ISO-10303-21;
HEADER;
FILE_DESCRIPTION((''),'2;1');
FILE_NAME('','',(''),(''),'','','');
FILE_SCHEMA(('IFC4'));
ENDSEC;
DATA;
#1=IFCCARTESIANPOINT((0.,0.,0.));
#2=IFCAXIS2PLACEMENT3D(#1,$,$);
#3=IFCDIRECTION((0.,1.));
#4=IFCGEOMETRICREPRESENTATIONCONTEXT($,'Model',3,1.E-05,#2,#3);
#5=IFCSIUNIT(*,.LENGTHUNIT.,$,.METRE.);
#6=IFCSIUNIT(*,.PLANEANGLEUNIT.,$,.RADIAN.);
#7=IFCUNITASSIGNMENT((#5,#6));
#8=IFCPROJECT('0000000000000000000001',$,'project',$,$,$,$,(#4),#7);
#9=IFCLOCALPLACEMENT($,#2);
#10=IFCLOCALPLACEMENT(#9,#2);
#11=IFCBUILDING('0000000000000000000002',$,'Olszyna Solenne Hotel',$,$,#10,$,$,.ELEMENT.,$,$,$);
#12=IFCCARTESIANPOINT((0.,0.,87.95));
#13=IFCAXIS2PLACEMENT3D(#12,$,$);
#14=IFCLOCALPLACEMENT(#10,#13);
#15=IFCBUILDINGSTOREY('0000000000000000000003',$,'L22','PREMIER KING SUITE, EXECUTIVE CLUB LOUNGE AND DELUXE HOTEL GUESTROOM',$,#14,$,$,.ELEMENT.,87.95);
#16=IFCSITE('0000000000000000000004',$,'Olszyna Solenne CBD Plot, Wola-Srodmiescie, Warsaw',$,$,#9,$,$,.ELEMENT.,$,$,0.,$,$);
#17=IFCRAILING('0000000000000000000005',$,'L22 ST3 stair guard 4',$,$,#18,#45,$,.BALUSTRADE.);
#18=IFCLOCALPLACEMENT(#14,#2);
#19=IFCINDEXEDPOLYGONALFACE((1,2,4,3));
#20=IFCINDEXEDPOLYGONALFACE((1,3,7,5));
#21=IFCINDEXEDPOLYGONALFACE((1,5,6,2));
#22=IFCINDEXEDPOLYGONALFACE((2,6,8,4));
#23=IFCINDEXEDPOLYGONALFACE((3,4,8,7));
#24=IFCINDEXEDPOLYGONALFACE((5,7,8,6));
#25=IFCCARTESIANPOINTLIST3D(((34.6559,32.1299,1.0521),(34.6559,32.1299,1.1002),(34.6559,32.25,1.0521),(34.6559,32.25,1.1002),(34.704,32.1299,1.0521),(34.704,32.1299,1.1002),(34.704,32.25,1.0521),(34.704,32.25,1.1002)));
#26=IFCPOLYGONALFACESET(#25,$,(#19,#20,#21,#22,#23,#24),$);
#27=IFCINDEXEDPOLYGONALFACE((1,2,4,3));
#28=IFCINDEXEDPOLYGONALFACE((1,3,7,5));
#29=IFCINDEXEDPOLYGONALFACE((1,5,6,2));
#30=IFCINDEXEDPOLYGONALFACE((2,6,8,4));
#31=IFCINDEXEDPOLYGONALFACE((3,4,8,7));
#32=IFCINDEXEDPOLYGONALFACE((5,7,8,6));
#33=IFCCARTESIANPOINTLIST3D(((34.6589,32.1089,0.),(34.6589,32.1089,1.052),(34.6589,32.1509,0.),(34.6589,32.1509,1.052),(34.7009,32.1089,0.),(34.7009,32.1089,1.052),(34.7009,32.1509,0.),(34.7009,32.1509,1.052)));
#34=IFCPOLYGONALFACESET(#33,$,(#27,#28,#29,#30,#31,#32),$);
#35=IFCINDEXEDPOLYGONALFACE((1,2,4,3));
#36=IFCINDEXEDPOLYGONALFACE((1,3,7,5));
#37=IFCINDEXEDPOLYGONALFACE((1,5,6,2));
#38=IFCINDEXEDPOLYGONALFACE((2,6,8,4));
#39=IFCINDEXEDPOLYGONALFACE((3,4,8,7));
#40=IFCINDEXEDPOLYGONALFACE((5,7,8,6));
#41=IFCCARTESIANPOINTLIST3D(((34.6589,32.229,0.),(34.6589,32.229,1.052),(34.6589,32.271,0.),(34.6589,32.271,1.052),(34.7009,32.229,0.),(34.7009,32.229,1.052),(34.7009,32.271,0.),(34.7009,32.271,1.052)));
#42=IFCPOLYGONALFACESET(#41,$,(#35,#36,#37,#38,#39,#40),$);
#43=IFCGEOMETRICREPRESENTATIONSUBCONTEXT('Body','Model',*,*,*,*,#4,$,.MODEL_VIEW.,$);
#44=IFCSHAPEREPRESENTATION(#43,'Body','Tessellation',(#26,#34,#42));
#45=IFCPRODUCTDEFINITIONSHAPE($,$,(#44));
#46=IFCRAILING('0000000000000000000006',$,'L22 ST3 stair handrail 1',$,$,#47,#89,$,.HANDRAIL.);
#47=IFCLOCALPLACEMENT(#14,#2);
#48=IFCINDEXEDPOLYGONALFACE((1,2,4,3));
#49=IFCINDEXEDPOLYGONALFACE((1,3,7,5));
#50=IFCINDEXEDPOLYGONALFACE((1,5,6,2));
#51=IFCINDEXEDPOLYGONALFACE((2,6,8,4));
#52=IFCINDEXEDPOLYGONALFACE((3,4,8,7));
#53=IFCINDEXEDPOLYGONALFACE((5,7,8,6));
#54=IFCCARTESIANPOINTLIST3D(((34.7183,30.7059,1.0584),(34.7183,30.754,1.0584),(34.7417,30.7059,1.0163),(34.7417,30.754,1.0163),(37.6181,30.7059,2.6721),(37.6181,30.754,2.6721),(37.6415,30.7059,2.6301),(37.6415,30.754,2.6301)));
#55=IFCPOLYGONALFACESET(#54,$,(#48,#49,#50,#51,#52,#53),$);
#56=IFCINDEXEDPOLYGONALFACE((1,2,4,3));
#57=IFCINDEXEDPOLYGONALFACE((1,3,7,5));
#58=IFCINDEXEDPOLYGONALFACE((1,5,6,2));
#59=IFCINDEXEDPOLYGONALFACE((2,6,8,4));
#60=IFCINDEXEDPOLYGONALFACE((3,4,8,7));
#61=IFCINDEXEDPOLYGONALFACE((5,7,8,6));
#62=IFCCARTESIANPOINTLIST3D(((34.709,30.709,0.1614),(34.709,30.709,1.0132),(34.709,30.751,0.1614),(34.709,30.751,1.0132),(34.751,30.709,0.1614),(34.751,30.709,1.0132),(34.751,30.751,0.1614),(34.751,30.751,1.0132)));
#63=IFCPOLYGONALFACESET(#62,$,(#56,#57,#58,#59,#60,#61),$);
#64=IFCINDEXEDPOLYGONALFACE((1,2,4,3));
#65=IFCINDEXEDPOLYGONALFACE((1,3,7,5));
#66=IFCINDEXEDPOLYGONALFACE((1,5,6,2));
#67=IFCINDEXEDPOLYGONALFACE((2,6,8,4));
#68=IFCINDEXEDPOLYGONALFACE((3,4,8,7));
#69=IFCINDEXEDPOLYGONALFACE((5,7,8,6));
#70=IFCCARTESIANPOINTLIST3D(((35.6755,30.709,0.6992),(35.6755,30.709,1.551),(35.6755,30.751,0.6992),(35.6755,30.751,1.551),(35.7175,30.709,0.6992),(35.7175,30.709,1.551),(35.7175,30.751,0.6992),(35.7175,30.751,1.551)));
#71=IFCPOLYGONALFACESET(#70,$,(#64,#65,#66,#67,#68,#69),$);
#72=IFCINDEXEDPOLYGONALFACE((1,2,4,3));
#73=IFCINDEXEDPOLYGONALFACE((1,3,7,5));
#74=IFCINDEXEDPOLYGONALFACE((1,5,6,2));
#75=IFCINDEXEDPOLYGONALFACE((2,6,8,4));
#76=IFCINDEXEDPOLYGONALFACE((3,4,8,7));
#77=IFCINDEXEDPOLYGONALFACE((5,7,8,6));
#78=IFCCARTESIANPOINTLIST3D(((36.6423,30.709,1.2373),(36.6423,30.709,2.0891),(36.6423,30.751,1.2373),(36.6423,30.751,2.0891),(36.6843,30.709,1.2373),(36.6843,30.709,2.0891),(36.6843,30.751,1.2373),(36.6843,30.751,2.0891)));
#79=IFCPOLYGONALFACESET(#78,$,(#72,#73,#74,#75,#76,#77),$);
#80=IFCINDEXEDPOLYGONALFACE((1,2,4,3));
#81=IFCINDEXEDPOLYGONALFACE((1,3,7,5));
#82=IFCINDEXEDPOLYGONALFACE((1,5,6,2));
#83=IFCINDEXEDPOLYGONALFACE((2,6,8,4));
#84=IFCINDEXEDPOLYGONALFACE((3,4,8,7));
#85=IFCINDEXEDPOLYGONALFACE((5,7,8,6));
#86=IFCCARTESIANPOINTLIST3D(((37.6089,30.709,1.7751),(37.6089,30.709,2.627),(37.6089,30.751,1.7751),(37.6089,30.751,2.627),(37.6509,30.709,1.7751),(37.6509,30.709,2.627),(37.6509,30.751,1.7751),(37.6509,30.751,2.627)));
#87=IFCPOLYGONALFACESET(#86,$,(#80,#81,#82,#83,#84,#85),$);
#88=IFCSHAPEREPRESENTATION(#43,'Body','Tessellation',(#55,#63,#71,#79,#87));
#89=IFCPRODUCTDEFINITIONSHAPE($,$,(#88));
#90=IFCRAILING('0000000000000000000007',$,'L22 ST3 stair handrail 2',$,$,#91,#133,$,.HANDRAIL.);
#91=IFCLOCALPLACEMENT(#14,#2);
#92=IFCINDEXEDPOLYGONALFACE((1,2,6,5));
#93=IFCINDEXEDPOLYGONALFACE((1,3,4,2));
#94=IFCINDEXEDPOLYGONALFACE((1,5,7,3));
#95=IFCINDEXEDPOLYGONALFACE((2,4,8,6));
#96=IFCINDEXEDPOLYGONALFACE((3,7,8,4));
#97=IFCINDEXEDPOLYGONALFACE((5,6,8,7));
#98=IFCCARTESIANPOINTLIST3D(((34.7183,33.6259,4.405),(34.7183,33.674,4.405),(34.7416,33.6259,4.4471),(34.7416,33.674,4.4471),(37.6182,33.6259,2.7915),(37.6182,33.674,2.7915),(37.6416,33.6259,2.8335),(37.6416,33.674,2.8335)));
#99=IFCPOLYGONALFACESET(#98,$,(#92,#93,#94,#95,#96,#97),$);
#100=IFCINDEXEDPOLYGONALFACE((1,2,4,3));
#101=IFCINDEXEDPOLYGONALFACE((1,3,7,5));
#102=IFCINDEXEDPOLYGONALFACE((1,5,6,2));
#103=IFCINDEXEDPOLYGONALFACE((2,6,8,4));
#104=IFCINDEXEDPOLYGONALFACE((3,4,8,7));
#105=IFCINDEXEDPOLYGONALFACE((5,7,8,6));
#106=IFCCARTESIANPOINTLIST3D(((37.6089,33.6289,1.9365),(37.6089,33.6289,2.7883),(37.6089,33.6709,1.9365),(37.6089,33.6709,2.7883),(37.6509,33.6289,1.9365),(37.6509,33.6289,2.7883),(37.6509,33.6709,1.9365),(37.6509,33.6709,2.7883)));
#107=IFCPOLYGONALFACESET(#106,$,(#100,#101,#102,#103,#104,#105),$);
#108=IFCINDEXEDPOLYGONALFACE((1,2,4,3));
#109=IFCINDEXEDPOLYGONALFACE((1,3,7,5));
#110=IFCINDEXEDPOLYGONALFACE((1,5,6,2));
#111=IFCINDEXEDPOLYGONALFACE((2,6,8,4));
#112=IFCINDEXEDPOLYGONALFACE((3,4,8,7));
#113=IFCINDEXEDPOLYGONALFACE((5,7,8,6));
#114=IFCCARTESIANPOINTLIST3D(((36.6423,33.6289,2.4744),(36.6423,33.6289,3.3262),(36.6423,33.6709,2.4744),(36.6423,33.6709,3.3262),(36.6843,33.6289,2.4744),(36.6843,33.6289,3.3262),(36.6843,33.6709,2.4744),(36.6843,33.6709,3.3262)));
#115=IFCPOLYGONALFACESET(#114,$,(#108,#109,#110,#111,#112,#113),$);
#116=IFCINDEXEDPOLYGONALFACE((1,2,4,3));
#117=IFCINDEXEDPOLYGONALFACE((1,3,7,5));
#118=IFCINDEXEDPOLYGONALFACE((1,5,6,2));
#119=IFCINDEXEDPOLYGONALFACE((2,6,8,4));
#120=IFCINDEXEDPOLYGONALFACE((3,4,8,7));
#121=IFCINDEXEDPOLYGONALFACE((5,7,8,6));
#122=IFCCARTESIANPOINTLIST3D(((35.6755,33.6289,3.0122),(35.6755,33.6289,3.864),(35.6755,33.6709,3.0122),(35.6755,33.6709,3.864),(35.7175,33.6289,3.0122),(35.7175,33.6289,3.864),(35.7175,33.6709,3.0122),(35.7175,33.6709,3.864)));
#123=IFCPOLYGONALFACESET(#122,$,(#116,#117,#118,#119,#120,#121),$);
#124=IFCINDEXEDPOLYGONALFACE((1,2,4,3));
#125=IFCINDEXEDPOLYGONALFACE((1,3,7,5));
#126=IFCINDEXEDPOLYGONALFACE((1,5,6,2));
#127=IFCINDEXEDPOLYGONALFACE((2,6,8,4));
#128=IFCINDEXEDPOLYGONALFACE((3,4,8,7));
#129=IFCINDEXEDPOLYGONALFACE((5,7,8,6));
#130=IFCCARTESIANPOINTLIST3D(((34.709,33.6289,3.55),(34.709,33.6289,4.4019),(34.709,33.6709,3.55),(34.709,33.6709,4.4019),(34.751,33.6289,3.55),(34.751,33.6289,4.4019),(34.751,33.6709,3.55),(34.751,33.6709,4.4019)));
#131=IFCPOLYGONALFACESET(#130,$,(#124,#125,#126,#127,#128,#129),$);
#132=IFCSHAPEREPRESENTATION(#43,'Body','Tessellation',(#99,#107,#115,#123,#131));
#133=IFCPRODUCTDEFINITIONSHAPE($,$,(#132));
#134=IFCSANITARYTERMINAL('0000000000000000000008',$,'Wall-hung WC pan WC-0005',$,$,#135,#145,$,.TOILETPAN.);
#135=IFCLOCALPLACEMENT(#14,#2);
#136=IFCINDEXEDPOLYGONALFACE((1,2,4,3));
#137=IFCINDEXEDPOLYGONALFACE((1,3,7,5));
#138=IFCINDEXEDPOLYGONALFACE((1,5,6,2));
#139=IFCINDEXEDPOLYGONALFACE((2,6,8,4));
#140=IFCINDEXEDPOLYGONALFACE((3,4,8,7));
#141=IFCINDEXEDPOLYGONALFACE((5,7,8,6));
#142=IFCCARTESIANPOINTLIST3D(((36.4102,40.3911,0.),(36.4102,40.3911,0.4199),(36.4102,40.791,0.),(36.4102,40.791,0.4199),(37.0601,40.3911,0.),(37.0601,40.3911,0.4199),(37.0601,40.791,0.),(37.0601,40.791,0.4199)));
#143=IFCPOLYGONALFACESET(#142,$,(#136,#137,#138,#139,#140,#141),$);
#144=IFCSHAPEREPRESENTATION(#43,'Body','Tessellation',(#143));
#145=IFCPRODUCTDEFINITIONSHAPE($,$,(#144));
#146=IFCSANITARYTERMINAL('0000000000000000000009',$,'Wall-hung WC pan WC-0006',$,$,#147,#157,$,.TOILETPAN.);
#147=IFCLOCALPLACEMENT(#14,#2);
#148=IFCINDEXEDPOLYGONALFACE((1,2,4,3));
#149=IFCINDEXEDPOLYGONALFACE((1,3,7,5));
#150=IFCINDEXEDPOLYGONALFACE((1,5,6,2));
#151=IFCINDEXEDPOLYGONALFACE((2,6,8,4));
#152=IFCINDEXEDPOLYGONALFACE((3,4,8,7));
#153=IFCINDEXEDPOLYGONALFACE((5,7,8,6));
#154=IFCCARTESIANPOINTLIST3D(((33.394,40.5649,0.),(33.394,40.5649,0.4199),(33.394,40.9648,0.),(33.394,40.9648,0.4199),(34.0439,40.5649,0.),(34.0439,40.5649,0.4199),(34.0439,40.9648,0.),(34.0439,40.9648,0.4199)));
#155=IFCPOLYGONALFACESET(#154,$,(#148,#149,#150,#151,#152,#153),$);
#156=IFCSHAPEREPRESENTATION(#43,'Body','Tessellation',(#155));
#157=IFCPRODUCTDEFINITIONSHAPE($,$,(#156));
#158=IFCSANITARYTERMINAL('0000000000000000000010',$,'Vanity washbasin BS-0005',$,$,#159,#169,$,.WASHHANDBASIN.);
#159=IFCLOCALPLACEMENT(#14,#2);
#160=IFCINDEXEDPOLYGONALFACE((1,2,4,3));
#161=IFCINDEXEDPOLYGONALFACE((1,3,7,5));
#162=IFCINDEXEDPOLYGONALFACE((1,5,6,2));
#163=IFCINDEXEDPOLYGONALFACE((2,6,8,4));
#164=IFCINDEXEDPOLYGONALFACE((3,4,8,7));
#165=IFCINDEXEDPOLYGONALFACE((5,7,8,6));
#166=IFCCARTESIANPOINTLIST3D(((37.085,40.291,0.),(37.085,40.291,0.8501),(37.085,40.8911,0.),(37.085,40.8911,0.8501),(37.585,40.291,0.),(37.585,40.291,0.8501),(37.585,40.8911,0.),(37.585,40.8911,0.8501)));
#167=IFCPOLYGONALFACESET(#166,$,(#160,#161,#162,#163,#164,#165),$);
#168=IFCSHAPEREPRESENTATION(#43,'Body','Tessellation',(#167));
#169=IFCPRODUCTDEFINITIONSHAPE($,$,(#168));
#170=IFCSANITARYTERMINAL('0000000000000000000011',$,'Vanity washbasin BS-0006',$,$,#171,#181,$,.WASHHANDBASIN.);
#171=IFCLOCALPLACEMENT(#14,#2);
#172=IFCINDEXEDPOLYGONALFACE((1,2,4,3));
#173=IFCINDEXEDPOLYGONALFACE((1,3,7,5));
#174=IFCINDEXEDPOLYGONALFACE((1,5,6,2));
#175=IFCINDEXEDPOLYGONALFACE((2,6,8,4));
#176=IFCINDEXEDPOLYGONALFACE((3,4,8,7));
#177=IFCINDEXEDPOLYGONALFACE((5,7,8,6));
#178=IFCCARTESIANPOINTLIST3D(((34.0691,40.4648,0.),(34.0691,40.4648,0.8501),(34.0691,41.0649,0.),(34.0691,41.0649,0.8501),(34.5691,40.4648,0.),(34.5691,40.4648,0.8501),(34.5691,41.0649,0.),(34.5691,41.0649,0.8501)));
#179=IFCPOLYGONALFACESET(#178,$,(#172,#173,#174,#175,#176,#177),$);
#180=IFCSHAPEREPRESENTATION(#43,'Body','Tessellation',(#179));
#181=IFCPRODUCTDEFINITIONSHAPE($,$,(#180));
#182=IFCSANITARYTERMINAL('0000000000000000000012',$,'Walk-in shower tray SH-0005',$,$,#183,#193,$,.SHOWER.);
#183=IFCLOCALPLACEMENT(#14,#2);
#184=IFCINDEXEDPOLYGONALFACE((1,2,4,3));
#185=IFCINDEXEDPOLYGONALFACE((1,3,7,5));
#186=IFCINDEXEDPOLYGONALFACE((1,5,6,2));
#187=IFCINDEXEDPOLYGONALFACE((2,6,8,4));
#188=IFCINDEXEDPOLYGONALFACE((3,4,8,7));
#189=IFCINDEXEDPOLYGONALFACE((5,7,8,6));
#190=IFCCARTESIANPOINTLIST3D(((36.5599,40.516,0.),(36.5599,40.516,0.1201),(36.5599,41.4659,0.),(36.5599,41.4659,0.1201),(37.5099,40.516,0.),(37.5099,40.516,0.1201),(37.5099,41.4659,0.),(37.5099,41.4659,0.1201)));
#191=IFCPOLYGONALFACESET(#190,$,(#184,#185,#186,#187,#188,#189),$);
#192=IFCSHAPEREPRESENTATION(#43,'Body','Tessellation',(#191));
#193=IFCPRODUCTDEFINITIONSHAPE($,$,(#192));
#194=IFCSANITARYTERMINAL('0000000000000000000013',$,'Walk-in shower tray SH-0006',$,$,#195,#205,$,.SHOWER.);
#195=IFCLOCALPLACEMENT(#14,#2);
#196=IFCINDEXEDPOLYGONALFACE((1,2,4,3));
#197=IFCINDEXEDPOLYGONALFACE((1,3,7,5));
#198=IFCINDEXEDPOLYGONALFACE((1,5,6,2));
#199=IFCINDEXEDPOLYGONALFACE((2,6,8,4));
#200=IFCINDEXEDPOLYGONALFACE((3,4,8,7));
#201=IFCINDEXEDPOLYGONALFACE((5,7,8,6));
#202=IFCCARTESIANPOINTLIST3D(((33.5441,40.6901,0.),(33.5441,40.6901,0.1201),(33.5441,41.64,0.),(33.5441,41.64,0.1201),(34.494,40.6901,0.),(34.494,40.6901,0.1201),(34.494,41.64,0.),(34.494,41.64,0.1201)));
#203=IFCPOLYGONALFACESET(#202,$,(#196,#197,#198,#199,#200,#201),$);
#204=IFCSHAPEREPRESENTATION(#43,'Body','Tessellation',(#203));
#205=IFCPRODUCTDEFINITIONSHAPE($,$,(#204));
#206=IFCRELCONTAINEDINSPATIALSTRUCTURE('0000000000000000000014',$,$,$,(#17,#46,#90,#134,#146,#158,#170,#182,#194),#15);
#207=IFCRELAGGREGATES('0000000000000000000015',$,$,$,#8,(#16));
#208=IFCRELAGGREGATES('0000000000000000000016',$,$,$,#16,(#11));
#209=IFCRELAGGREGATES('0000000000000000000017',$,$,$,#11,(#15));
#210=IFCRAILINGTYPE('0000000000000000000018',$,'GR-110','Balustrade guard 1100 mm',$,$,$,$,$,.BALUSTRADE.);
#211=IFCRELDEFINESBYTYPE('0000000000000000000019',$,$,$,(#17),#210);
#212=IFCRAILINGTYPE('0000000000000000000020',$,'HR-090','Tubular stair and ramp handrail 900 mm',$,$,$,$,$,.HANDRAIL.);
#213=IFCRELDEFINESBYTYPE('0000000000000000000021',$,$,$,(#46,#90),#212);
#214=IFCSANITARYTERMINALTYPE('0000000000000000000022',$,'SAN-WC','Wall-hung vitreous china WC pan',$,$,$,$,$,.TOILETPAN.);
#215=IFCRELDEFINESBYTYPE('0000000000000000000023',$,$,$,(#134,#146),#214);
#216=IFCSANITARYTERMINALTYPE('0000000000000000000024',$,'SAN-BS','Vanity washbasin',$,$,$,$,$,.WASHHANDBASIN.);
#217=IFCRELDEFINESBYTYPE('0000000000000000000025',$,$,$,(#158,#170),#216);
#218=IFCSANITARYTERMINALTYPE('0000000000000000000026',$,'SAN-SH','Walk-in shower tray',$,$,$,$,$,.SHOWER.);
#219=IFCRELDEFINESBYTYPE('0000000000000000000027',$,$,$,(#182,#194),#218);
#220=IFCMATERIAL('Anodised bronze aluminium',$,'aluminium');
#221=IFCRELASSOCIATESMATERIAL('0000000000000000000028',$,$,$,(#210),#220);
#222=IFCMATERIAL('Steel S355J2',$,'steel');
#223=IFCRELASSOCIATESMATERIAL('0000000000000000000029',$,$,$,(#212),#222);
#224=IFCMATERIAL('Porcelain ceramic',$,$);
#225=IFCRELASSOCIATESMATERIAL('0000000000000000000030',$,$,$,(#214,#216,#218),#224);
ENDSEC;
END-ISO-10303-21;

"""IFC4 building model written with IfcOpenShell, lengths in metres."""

from ifc_helpers import new_model, si_unit, direction, frame, origin, origin_2d, place, context, subcontext, project, spatial, rectangle, extrude, source, transform, mapped, material, type_object, element, save


model = new_model("IFC4")

# Units and contexts
model_context = context("Model", 3, precision=1e-05, world=origin(), true_north=direction((0.0, 1.0)))
body_context = subcontext(model_context, "Body", "Model", "MODEL_VIEW")
ifc_project = project(units=[si_unit("LENGTHUNIT", "METRE"), si_unit("PLANEANGLEUNIT", "RADIAN")], contexts=[model_context])

# Site, building, storey
site_placement = place(None, origin())
site = spatial("IfcSite", under=ifc_project, at=site_placement, Name="Olszyna Solenne CBD Plot, Wola-Srodmiescie, Warsaw", CompositionType="ELEMENT", RefElevation=0.0)
building_placement = place(site_placement, origin())
building = spatial("IfcBuilding", under=site, at=building_placement, Name="Olszyna Solenne Hotel", CompositionType="ELEMENT")
storey_placement = place(building_placement, frame((0.0, 0.0, 87.95)))
storey = spatial("IfcBuildingStorey", under=building, at=storey_placement, Name="L22", Description="PREMIER KING SUITE, EXECUTIVE CLUB LOUNGE AND DELUXE HOTEL GUESTROOM", CompositionType="ELEMENT", Elevation=87.95)

# Shared definitions
ifc_material_1 = material(Name="Steel S355J2", Category="steel")

# Shared definitions
ifc_material_2 = material(Name="Anodised bronze aluminium", Category="aluminium")

# Railings
railing_type_1 = type_object("IfcRailingType", Name="GR-110", Description="Balustrade guard 1100 mm", PredefinedType="BALUSTRADE", material=ifc_material_2)
railing_1_placement = place(storey_placement, frame((34.6799, 32.1299, 0.0)))
element("IfcRailing", 1, at=railing_1_placement, inside=storey, type_object=railing_type_1, Name="L22 ST3 stair guard 4", PredefinedType="BALUSTRADE", context=body_context, shape_type="SweptSolid", body=[
    extrude(rectangle(XDim=0.0481, YDim=0.0481, at=origin_2d()), frame((0.0, 0.0, 1.0762), z_axis=(0.0, 1.0, 0.0), x_axis=(-1.0, 0.0, 0.0)), (0.0, 0.0, 1.0), 0.1201),
    extrude(rectangle(XDim=0.042, YDim=0.042, at=origin_2d()), origin(), (0.0, 0.0, 1.0), 1.052),
    extrude(rectangle(XDim=0.042, YDim=0.042, at=origin_2d()), frame((0.0, 0.1201, 0.0)), (0.0, 0.0, 1.0), 1.052),
])
railing_type_2 = type_object("IfcRailingType", Name="HR-090", Description="Tubular stair and ramp handrail 900 mm", PredefinedType="HANDRAIL", material=ifc_material_1)
railing_2_placement = place(storey_placement, frame((34.73, 30.73, 0.1614)))
element("IfcRailing", 2, at=railing_2_placement, inside=storey, type_object=railing_type_2, Name="L22 ST3 stair handrail 1", PredefinedType="HANDRAIL", context=body_context, shape_type="SweptSolid", body=[
    extrude(rectangle(XDim=0.0481, YDim=0.0481, at=origin_2d()), frame((0.0, 0.0, 0.876), z_axis=(0.87381, 0.0, 0.486267), x_axis=(0.0, 1.0, 0.0)), (0.0, 0.0, 1.0), 3.3186),
    extrude(rectangle(XDim=0.042, YDim=0.042, at=origin_2d()), origin(), (0.0, 0.0, 1.0), 0.8518),
    extrude(rectangle(XDim=0.042, YDim=0.042, at=origin_2d()), frame((0.9666, 0.0, 0.5378)), (0.0, 0.0, 1.0), 0.8518),
    extrude(rectangle(XDim=0.042, YDim=0.042, at=origin_2d()), frame((1.9333, 0.0, 1.0759)), (0.0, 0.0, 1.0), 0.8518),
    extrude(rectangle(XDim=0.042, YDim=0.042, at=origin_2d()), frame((2.8999, 0.0, 1.6138)), (0.0, 0.0, 1.0), 0.8518),
])
railing_3_placement = place(storey_placement, frame((37.6299, 33.6499, 1.9365)))
element("IfcRailing", 3, at=railing_3_placement, inside=storey, type_object=railing_type_2, Name="L22 ST3 stair handrail 2", PredefinedType="HANDRAIL", context=body_context, shape_type="SweptSolid", body=[
    extrude(rectangle(XDim=0.0481, YDim=0.0481, at=origin_2d()), frame((0.0, 0.0, 0.876), z_axis=(-0.873841, 0.0, 0.486211), x_axis=(0.0, -1.0, 0.0)), (0.0, 0.0, 1.0), 3.3186),
    extrude(rectangle(XDim=0.042, YDim=0.042, at=origin_2d()), origin(), (0.0, 0.0, 1.0), 0.8518),
    extrude(rectangle(XDim=0.042, YDim=0.042, at=origin_2d()), frame((-0.9666, 0.0, 0.5378)), (0.0, 0.0, 1.0), 0.8518),
    extrude(rectangle(XDim=0.042, YDim=0.042, at=origin_2d()), frame((-1.9333, 0.0, 1.0757)), (0.0, 0.0, 1.0), 0.8518),
    extrude(rectangle(XDim=0.042, YDim=0.042, at=origin_2d()), frame((-2.8999, 0.0, 1.6135)), (0.0, 0.0, 1.0), 0.8518),
])

# Sanitary terminals
ifc_material_3 = material(Name="Porcelain ceramic")
sanitary_terminal_type_1 = type_object("IfcSanitaryTerminalType", Name="SAN-WC", Description="Wall-hung vitreous china WC pan", PredefinedType="TOILETPAN", material=ifc_material_3)
shared_shape_1 = source(origin(), body_context, "Body", "SweptSolid", [
    extrude(rectangle(XDim=0.6499, YDim=0.3999, at=origin_2d()), origin(), (0.0, 0.0, 1.0), 0.4199),
])
for number, where, z_axis, x_axis, name in (
    (4, (36.7351, 40.5911, 0.0), (0.0, 0.0, 1.0), (1.0, 0.0, 0.0), "Wall-hung WC pan WC-0005"),
    (5, (33.719, 40.7649, 0.0), (0.0, 0.0, 1.0), (1.0, 0.0, 0.0), "Wall-hung WC pan WC-0006"),
):
    element("IfcSanitaryTerminal", number, at=place(storey_placement, frame(where, z_axis=z_axis, x_axis=x_axis)), inside=storey, type_object=sanitary_terminal_type_1, Name=name, PredefinedType="TOILETPAN", context=body_context, shape_type="MappedRepresentation", body=[
        mapped(shared_shape_1, transform((0.0, 0.0, 0.0), x_axis=(1.0, 0.0, 0.0), y_axis=(0.0, 1.0, 0.0), z_axis=(0.0, 0.0, 1.0), scale=1.0)),
    ])
sanitary_terminal_type_2 = type_object("IfcSanitaryTerminalType", Name="SAN-BS", Description="Vanity washbasin", PredefinedType="WASHHANDBASIN", material=ifc_material_3)
shared_shape_2 = source(origin(), body_context, "Body", "SweptSolid", [
    extrude(rectangle(XDim=0.5, YDim=0.6001, at=origin_2d()), origin(), (0.0, 0.0, 1.0), 0.8501),
])
for number, where, z_axis, x_axis, name in (
    (6, (37.335, 40.5911, 0.0), (0.0, 0.0, 1.0), (1.0, 0.0, 0.0), "Vanity washbasin BS-0005"),
    (7, (34.3191, 40.7649, 0.0), (0.0, 0.0, 1.0), (1.0, 0.0, 0.0), "Vanity washbasin BS-0006"),
):
    element("IfcSanitaryTerminal", number, at=place(storey_placement, frame(where, z_axis=z_axis, x_axis=x_axis)), inside=storey, type_object=sanitary_terminal_type_2, Name=name, PredefinedType="WASHHANDBASIN", context=body_context, shape_type="MappedRepresentation", body=[
        mapped(shared_shape_2, transform((0.0, 0.0, 0.0), x_axis=(1.0, 0.0, 0.0), y_axis=(0.0, 1.0, 0.0), z_axis=(0.0, 0.0, 1.0), scale=1.0)),
    ])
sanitary_terminal_type_3 = type_object("IfcSanitaryTerminalType", Name="SAN-SH", Description="Walk-in shower tray", PredefinedType="SHOWER", material=ifc_material_3)
shared_shape_3 = source(origin(), body_context, "Body", "SweptSolid", [
    extrude(rectangle(XDim=0.95, YDim=0.95, at=origin_2d()), origin(), (0.0, 0.0, 1.0), 0.1201),
])
for number, where, z_axis, x_axis, name in (
    (8, (37.0349, 40.991, 0.0), (0.0, 0.0, 1.0), (1.0, 0.0, 0.0), "Walk-in shower tray SH-0005"),
    (9, (34.019, 41.165, 0.0), (0.0, 0.0, 1.0), (1.0, 0.0, 0.0), "Walk-in shower tray SH-0006"),
):
    element("IfcSanitaryTerminal", number, at=place(storey_placement, frame(where, z_axis=z_axis, x_axis=x_axis)), inside=storey, type_object=sanitary_terminal_type_3, Name=name, PredefinedType="SHOWER", context=body_context, shape_type="MappedRepresentation", body=[
        mapped(shared_shape_3, transform((0.0, 0.0, 0.0), x_axis=(1.0, 0.0, 0.0), y_axis=(0.0, 1.0, 0.0), z_axis=(0.0, 0.0, 1.0), scale=1.0)),
    ])

save(model, "model.ifc")
